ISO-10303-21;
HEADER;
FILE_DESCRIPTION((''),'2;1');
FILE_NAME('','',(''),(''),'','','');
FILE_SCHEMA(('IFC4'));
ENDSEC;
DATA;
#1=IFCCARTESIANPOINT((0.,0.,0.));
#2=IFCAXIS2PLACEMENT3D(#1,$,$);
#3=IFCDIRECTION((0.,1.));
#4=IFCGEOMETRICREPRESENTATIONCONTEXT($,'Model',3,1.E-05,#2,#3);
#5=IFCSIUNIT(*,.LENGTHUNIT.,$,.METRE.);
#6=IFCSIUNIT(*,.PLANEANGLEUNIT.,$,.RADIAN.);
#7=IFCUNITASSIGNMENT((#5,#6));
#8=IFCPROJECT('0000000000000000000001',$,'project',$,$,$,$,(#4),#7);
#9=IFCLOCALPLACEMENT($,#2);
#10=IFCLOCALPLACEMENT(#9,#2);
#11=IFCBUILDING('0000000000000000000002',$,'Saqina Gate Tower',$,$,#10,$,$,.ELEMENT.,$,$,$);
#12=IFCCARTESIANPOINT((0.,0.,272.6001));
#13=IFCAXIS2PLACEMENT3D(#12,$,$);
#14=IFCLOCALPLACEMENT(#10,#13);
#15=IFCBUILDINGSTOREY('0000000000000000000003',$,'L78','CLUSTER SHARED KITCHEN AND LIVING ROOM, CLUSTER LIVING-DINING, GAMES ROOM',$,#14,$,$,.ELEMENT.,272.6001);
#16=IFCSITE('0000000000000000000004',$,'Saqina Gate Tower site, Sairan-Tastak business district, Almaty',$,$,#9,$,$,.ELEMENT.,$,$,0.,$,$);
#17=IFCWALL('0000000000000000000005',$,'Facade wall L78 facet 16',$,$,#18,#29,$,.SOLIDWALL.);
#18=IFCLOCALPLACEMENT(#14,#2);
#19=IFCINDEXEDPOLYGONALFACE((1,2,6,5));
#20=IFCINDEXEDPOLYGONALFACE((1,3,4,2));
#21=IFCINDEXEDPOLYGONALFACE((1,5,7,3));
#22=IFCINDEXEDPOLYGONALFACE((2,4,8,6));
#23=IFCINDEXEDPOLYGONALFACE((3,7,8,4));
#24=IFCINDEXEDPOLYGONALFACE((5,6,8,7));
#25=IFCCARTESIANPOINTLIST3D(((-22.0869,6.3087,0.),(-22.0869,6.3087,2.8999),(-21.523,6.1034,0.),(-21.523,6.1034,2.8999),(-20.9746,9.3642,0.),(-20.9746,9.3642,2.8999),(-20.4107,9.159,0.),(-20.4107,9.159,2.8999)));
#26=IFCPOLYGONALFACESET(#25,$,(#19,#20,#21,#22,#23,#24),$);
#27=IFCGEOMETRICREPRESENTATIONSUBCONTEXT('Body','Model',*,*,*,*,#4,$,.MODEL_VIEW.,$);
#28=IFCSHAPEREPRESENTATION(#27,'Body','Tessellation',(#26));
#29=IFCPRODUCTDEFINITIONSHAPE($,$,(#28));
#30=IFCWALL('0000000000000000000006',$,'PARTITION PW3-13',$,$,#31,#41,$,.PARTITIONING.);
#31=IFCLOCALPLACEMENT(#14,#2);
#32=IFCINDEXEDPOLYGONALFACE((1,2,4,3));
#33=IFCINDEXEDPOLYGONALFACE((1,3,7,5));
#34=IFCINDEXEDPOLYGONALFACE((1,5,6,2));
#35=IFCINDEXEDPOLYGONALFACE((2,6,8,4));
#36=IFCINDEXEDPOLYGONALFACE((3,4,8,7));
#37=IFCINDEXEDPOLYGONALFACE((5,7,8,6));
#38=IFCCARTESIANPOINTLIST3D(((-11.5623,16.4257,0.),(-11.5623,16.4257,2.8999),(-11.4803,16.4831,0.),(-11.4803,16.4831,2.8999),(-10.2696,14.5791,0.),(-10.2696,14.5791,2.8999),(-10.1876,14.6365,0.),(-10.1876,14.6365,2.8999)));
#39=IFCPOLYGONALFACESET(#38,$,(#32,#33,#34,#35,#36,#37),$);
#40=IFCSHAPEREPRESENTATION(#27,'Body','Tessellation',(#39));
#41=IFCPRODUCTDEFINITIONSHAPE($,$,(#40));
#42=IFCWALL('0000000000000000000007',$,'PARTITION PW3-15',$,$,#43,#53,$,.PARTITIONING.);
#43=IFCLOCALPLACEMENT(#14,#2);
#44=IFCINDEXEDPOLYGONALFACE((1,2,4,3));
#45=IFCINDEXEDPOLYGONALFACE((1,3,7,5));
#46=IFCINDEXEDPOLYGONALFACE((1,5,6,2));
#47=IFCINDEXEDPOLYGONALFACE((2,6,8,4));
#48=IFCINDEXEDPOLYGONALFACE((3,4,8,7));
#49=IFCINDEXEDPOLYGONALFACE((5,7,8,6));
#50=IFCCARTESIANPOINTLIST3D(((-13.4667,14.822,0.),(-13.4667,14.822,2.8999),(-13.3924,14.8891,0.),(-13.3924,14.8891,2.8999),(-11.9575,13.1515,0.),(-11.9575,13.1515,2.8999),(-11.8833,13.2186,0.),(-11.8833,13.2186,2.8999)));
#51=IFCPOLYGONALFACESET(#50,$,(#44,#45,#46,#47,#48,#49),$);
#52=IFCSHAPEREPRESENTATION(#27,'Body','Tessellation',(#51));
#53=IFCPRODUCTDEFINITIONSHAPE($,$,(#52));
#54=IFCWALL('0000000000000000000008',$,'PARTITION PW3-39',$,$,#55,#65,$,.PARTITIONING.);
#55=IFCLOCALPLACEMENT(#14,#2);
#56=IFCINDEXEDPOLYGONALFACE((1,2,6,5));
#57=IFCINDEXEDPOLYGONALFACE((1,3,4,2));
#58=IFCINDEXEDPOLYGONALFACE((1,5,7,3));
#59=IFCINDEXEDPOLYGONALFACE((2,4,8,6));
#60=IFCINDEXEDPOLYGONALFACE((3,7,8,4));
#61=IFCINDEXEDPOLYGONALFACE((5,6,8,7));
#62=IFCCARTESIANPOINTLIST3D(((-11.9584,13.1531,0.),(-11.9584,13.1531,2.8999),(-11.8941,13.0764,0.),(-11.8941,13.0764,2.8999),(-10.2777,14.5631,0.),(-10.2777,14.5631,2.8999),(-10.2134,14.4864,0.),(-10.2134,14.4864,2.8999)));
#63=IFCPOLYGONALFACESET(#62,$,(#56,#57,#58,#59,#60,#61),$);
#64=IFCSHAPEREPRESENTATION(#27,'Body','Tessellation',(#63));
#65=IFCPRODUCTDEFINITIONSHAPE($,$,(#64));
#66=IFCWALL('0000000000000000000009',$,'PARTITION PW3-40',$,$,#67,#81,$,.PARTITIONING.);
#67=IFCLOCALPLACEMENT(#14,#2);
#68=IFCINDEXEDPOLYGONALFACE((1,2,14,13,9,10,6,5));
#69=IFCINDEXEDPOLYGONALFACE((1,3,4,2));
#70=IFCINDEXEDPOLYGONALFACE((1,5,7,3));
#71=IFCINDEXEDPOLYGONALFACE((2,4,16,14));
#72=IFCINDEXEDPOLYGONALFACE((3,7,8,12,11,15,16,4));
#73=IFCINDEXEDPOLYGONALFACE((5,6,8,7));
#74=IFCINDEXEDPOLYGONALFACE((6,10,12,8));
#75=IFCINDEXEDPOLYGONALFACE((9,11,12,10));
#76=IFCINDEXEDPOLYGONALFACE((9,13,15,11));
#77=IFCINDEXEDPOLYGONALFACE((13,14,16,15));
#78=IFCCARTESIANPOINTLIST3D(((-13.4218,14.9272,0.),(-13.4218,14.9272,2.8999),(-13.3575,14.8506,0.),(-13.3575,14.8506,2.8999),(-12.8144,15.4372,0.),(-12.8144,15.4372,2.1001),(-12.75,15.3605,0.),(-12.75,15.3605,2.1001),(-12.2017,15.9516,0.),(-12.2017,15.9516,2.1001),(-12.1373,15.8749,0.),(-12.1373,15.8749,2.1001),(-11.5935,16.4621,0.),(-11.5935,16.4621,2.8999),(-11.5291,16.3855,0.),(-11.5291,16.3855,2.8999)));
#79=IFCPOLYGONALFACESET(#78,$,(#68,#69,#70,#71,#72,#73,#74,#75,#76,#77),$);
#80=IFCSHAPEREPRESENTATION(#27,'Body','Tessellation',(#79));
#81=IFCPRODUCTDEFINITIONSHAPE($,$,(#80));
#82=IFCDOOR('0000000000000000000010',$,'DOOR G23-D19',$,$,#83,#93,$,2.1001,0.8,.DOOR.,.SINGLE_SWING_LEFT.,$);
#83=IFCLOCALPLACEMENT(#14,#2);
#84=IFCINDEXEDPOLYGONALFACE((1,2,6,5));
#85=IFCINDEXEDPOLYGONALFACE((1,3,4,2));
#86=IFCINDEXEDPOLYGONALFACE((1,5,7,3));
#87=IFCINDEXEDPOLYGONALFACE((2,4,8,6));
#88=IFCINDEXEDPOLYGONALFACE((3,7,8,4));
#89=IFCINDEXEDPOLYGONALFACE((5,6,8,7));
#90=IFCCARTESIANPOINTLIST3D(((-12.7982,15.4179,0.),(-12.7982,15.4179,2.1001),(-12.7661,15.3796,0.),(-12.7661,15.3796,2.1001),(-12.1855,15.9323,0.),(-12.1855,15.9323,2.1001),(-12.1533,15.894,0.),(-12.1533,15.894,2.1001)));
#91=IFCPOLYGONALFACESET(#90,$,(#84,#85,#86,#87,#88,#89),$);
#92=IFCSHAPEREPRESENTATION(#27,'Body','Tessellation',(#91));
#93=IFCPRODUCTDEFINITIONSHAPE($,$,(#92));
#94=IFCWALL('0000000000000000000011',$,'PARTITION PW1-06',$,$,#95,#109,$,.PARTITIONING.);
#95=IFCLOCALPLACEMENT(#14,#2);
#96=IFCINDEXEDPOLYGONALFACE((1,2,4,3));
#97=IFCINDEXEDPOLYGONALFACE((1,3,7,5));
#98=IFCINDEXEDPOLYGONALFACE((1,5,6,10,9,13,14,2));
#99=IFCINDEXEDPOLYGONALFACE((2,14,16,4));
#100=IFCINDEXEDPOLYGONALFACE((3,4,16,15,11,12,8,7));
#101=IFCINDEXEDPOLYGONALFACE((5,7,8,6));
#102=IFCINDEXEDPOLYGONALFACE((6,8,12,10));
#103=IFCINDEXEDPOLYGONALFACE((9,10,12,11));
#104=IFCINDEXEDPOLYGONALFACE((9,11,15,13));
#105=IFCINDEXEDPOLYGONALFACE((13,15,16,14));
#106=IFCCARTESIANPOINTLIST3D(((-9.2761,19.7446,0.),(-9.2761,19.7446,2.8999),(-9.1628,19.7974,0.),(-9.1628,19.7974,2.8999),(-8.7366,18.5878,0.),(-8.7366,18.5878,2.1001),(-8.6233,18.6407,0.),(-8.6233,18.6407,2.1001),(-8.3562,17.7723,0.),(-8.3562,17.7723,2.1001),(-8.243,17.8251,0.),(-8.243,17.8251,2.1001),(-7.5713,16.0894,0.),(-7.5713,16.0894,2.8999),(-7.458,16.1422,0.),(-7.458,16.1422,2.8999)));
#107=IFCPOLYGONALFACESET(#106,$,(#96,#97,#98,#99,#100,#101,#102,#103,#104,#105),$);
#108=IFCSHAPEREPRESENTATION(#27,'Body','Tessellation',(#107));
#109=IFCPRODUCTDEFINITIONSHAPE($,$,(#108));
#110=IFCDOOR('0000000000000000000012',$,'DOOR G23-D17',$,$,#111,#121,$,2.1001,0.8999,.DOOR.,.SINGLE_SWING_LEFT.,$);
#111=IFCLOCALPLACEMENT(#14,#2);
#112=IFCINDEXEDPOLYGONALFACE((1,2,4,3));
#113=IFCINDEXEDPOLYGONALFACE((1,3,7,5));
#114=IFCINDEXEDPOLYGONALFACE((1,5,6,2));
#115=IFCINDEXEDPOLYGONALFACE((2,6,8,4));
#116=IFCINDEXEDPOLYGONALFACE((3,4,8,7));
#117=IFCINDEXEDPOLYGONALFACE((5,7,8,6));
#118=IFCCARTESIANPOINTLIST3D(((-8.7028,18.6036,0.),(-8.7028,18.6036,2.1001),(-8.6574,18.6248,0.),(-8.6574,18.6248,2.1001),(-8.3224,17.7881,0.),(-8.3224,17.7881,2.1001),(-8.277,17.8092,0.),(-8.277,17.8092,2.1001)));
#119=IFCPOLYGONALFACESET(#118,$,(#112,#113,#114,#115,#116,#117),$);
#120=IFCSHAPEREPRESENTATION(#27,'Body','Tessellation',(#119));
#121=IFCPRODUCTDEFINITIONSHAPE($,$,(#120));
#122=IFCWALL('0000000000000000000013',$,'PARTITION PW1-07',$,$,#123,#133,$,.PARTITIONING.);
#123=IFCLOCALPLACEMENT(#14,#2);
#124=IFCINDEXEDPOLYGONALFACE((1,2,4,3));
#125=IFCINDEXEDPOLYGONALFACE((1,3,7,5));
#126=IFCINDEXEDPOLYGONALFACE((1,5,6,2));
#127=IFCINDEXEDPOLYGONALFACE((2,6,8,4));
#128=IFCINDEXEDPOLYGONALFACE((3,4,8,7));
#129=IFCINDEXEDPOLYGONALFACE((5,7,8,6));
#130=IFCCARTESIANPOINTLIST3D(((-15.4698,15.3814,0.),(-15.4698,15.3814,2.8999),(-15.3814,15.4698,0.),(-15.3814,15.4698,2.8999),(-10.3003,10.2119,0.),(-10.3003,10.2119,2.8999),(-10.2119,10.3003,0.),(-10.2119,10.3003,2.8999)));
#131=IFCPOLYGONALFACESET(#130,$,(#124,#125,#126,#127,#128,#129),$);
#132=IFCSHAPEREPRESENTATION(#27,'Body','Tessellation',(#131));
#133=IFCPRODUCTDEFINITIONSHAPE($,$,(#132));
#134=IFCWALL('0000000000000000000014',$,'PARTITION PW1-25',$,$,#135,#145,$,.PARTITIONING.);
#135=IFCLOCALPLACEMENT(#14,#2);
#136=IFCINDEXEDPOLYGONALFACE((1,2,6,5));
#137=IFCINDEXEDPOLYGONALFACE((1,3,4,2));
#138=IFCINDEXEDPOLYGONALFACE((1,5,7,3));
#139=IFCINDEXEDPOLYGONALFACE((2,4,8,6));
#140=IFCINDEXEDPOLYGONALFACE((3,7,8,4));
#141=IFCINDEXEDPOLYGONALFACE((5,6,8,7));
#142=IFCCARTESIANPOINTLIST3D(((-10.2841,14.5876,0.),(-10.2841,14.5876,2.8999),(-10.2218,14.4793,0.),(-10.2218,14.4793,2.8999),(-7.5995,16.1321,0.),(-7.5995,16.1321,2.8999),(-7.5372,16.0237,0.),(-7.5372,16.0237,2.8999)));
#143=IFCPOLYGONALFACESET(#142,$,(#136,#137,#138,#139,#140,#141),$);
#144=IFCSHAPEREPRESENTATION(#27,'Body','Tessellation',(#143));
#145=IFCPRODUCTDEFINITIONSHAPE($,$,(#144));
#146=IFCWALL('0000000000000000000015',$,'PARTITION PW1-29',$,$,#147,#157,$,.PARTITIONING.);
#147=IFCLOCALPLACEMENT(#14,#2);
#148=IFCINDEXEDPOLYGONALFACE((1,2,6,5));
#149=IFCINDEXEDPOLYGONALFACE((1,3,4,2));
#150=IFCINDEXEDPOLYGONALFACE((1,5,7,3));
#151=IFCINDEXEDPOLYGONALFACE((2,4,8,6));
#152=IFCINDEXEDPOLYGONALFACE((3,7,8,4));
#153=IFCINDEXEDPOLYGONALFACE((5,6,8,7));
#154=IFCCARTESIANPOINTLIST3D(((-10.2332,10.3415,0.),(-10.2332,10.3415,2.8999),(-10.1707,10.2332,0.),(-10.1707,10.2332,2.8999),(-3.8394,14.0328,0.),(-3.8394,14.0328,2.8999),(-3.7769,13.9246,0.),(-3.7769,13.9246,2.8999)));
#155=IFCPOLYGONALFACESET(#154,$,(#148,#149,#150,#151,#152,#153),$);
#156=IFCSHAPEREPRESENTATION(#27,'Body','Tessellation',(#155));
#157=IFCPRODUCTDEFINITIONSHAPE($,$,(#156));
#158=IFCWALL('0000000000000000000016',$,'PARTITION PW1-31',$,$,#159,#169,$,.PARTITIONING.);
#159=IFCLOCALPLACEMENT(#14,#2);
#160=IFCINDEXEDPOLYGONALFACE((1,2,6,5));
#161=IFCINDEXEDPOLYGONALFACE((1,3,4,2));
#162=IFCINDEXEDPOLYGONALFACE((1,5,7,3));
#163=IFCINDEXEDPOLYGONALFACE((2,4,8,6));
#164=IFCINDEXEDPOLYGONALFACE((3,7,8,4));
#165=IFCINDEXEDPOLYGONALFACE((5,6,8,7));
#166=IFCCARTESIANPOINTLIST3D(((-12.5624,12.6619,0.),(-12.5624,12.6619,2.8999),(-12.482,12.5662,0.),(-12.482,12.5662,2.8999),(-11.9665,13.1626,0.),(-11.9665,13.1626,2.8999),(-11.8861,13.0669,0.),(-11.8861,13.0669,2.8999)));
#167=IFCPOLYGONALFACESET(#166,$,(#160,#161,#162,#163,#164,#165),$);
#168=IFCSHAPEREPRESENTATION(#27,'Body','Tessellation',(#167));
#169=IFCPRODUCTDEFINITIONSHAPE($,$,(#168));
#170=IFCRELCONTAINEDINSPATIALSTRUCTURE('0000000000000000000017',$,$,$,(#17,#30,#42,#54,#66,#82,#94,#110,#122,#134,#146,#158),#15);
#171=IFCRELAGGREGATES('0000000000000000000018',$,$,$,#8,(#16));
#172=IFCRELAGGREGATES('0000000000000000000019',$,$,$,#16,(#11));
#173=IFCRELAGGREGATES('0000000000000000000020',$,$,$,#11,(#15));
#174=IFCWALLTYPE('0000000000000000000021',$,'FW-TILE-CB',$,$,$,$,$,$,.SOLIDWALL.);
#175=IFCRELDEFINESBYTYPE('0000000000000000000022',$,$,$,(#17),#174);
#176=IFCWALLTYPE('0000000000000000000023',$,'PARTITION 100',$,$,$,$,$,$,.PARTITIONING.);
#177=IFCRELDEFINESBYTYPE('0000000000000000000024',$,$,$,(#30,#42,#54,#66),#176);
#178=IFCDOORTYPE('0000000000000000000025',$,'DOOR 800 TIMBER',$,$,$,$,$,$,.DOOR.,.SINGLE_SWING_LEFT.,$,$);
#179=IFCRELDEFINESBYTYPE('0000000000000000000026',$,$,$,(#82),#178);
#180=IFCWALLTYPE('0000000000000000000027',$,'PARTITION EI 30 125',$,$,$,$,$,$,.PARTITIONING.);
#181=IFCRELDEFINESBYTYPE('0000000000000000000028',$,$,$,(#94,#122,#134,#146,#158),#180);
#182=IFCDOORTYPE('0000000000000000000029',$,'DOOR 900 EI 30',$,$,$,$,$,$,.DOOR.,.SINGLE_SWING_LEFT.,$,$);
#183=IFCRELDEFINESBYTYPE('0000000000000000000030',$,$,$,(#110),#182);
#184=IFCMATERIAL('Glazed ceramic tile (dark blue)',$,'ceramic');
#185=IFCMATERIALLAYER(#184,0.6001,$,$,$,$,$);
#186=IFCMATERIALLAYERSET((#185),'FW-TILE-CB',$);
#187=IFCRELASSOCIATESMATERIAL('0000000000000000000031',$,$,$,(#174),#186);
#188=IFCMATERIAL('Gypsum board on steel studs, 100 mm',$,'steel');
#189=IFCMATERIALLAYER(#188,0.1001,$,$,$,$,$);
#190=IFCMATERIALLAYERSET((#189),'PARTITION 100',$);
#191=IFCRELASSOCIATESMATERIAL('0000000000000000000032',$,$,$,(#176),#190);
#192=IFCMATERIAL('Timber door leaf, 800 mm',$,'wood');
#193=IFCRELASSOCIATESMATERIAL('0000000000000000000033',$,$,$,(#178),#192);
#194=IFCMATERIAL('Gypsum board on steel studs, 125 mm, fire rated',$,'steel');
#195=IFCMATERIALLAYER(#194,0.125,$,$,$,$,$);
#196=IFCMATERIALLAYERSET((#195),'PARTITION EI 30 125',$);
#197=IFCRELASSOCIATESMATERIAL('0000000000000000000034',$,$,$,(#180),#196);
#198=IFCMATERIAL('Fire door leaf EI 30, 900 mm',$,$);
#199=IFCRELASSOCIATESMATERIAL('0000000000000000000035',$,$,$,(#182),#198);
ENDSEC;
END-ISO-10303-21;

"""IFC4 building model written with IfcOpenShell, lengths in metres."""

from ifc_helpers import new_model, si_unit, direction, frame, frame_2d, origin, place, context, subcontext, project, spatial, rectangle, extrude, material, layer, layer_set, type_object, element, fill, save


model = new_model("IFC4")

# Units and contexts
model_context = context("Model", 3, precision=1e-05, world=origin(), true_north=direction((0.0, 1.0)))
body_context = subcontext(model_context, "Body", "Model", "MODEL_VIEW")
ifc_project = project(units=[si_unit("LENGTHUNIT", "METRE"), si_unit("PLANEANGLEUNIT", "RADIAN")], contexts=[model_context])

# Site, building, storey
site_placement = place(None, origin())
site = spatial("IfcSite", under=ifc_project, at=site_placement, Name="Saqina Gate Tower site, Sairan-Tastak business district, Almaty", CompositionType="ELEMENT", RefElevation=0.0)
building_placement = place(site_placement, origin())
building = spatial("IfcBuilding", under=site, at=building_placement, Name="Saqina Gate Tower", CompositionType="ELEMENT")
storey_placement = place(building_placement, frame((0.0, 0.0, 272.6001)))
storey = spatial("IfcBuildingStorey", under=building, at=storey_placement, Name="L78", Description="CLUSTER SHARED KITCHEN AND LIVING ROOM, CLUSTER LIVING-DINING, GAMES ROOM", CompositionType="ELEMENT", Elevation=272.6001)

# Walls
ifc_material_1 = material(Name="Glazed ceramic tile (dark blue)", Category="ceramic")
ifc_layer_1 = layer(ifc_material_1, 0.6001)
ifc_layer_set_1 = layer_set([ifc_layer_1], Name="FW-TILE-CB")
wall_type_1 = type_object("IfcWallType", Name="FW-TILE-CB", PredefinedType="SOLIDWALL", material=ifc_layer_set_1)
wall_1_placement = place(storey_placement, frame((-20.6926, 9.2617, 0.0), z_axis=(0.0, 0.0, 1.0), x_axis=(-0.342057, -0.939679, 0.0)))
element("IfcWall", 1, at=wall_1_placement, inside=storey, type_object=wall_type_1, Name="Facade wall L78 facet 16", PredefinedType="SOLIDWALL", context=body_context, shape_type="SweptSolid", body=[
    extrude(rectangle(XDim=3.2517, YDim=0.6001, at=frame_2d((1.626, 0.0))), origin(), (0.0, 0.0, 1.0), 2.8999),
])
ifc_material_2 = material(Name="Gypsum board on steel studs, 100 mm", Category="steel")
ifc_layer_2 = layer(ifc_material_2, 0.1001)
ifc_layer_set_2 = layer_set([ifc_layer_2], Name="PARTITION 100")
wall_type_2 = type_object("IfcWallType", Name="PARTITION 100", PredefinedType="PARTITIONING", material=ifc_layer_set_2)
wall_2_placement = place(storey_placement, frame((-11.5212, 16.4543, 0.0), z_axis=(0.0, 0.0, 1.0), x_axis=(0.573477, -0.819222, 0.0)))
element("IfcWall", 2, at=wall_2_placement, inside=storey, type_object=wall_type_2, Name="PARTITION PW3-13", PredefinedType="PARTITIONING", context=body_context, shape_type="SweptSolid", body=[
    extrude(rectangle(XDim=2.2542, YDim=0.1001, at=frame_2d((1.127, 0.0))), origin(), (0.0, 0.0, 1.0), 2.8999),
])
wall_3_placement = place(storey_placement, frame((-13.4294, 14.8555, 0.0), z_axis=(0.0, 0.0, 1.0), x_axis=(0.670354, -0.742042, 0.0)))
element("IfcWall", 3, at=wall_3_placement, inside=storey, type_object=wall_type_2, Name="PARTITION PW3-15", PredefinedType="PARTITIONING", context=body_context, shape_type="SweptSolid", body=[
    extrude(rectangle(XDim=2.2512, YDim=0.1001, at=frame_2d((1.1255, 0.0))), origin(), (0.0, 0.0, 1.0), 2.8999),
])
wall_4_placement = place(storey_placement, frame((-11.9263, 13.1147, 0.0), z_axis=(0.0, 0.0, 1.0), x_axis=(0.766119, 0.642699, 0.0)))
element("IfcWall", 4, at=wall_4_placement, inside=storey, type_object=wall_type_2, Name="PARTITION PW3-39", PredefinedType="PARTITIONING", context=body_context, shape_type="SweptSolid", body=[
    extrude(rectangle(XDim=2.1938, YDim=0.1001, at=frame_2d((1.0969, 0.0))), origin(), (0.0, 0.0, 1.0), 2.8999),
])

# Walls, openings, doors
wall_5_placement = place(storey_placement, frame((-13.3896, 14.8889, 0.0), z_axis=(0.0, 0.0, 1.0), x_axis=(0.765894, 0.642967, 0.0)))
wall_5 = element("IfcWall", 5, at=wall_5_placement, inside=storey, type_object=wall_type_2, Name="PARTITION PW3-40", PredefinedType="PARTITIONING", context=body_context, shape_type="SweptSolid", body=[
    extrude(rectangle(XDim=2.3872, YDim=0.1001, at=frame_2d((1.1936, 0.0))), origin(), (0.0, 0.0, 1.0), 2.8999),
])
opening_1_placement = place(wall_5_placement, frame((0.7932, 0.0, 0.0)))
opening_1 = element("IfcOpeningElement", 6, at=opening_1_placement, cuts=wall_5, PredefinedType="OPENING", context=body_context, shape_type="SweptSolid", body=[
    extrude(rectangle(XDim=0.8, YDim=2.1001, at=frame_2d((0.3999, 1.05))), frame((0.0, 0.062, 0.0), z_axis=(0.0, -1.0, 0.0), x_axis=(1.0, 0.0, 0.0)), (0.0, 0.0, 1.0), 0.124),
])
ifc_material_3 = material(Name="Timber door leaf, 800 mm", Category="wood")
door_type_1 = type_object("IfcDoorType", Name="DOOR 800 TIMBER", OperationType="SINGLE_SWING_LEFT", PredefinedType="DOOR", material=ifc_material_3)
door_1_placement = place(opening_1_placement, origin())
door_1 = element("IfcDoor", 7, at=door_1_placement, inside=storey, type_object=door_type_1, Name="DOOR G23-D19", OperationType="SINGLE_SWING_LEFT", OverallHeight=2.1001, OverallWidth=0.8, PredefinedType="DOOR", context=body_context, shape_type="SweptSolid", body=[
    extrude(rectangle(XDim=0.8, YDim=2.1001, at=frame_2d((0.3999, 1.05))), frame((0.0, 0.0249, 0.0), z_axis=(0.0, -1.0, 0.0), x_axis=(1.0, 0.0, 0.0)), (0.0, 0.0, 1.0), 0.05),
])
fill(opening_1, door_1)
ifc_material_4 = material(Name="Gypsum board on steel studs, 125 mm, fire rated", Category="steel")
ifc_layer_3 = layer(ifc_material_4, 0.125)
ifc_layer_set_3 = layer_set([ifc_layer_3], Name="PARTITION EI 30 125")
wall_type_3 = type_object("IfcWallType", Name="PARTITION EI 30 125", PredefinedType="PARTITIONING", material=ifc_layer_set_3)
wall_6_placement = place(storey_placement, frame((-9.2195, 19.771, 0.0), z_axis=(0.0, 0.0, 1.0), x_axis=(0.42269, -0.906274, 0.0)))
wall_6 = element("IfcWall", 8, at=wall_6_placement, inside=storey, type_object=wall_type_3, Name="PARTITION PW1-06", PredefinedType="PARTITIONING", context=body_context, shape_type="SweptSolid", body=[
    extrude(rectangle(XDim=4.0332, YDim=0.125, at=frame_2d((2.0166, 0.0))), origin(), (0.0, 0.0, 1.0), 2.8999),
])
opening_2_placement = place(wall_6_placement, frame((1.2764, 0.0, 0.0)))
opening_2 = element("IfcOpeningElement", 9, at=opening_2_placement, cuts=wall_6, PredefinedType="OPENING", context=body_context, shape_type="SweptSolid", body=[
    extrude(rectangle(XDim=0.8999, YDim=2.1001, at=frame_2d((0.45, 1.05))), frame((0.0, 0.0745, 0.0), z_axis=(0.0, -1.0, 0.0), x_axis=(1.0, 0.0, 0.0)), (0.0, 0.0, 1.0), 0.1489),
])
ifc_material_5 = material(Name="Fire door leaf EI 30, 900 mm")
door_type_2 = type_object("IfcDoorType", Name="DOOR 900 EI 30", OperationType="SINGLE_SWING_LEFT", PredefinedType="DOOR", material=ifc_material_5)
door_2_placement = place(opening_2_placement, origin())
door_2 = element("IfcDoor", 10, at=door_2_placement, inside=storey, type_object=door_type_2, Name="DOOR G23-D17", OperationType="SINGLE_SWING_LEFT", OverallHeight=2.1001, OverallWidth=0.8999, PredefinedType="DOOR", context=body_context, shape_type="SweptSolid", body=[
    extrude(rectangle(XDim=0.8999, YDim=2.1001, at=frame_2d((0.45, 1.05))), frame((0.0, 0.0249, 0.0), z_axis=(0.0, -1.0, 0.0), x_axis=(1.0, 0.0, 0.0)), (0.0, 0.0, 1.0), 0.05),
])
fill(opening_2, door_2)

# Walls
wall_7_placement = place(storey_placement, frame((-15.4255, 15.4255, 0.0), z_axis=(0.0, 0.0, 1.0), x_axis=(0.707107, -0.707107, 0.0)))
element("IfcWall", 11, at=wall_7_placement, inside=storey, type_object=wall_type_3, Name="PARTITION PW1-07", PredefinedType="PARTITIONING", context=body_context, shape_type="SweptSolid", body=[
    extrude(rectangle(XDim=7.3108, YDim=0.125, at=frame_2d((3.6553, 0.0))), origin(), (0.0, 0.0, 1.0), 2.8999),
])
wall_8_placement = place(storey_placement, frame((-10.2529, 14.5334, 0.0), z_axis=(0.0, 0.0, 1.0), x_axis=(0.866794, 0.498667, 0.0)))
element("IfcWall", 12, at=wall_8_placement, inside=storey, type_object=wall_type_3, Name="PARTITION PW1-25", PredefinedType="PARTITIONING", context=body_context, shape_type="SweptSolid", body=[
    extrude(rectangle(XDim=3.0972, YDim=0.125, at=frame_2d((1.5486, 0.0))), origin(), (0.0, 0.0, 1.0), 2.8999),
])
wall_9_placement = place(storey_placement, frame((-10.2019, 10.2874, 0.0), z_axis=(0.0, 0.0, 1.0), x_axis=(0.866029, 0.499994, 0.0)))
element("IfcWall", 13, at=wall_9_placement, inside=storey, type_object=wall_type_3, Name="PARTITION PW1-29", PredefinedType="PARTITIONING", context=body_context, shape_type="SweptSolid", body=[
    extrude(rectangle(XDim=7.3828, YDim=0.125, at=frame_2d((3.6914, 0.0))), origin(), (0.0, 0.0, 1.0), 2.8999),
])
wall_10_placement = place(storey_placement, frame((-12.5222, 12.614, 0.0), z_axis=(0.0, 0.0, 1.0), x_axis=(0.765618, 0.643295, 0.0)))
element("IfcWall", 14, at=wall_10_placement, inside=storey, type_object=wall_type_3, Name="PARTITION PW1-31", PredefinedType="PARTITIONING", context=body_context, shape_type="SweptSolid", body=[
    extrude(rectangle(XDim=0.7783, YDim=0.125, at=frame_2d((0.3892, 0.0))), origin(), (0.0, 0.0, 1.0), 2.8999),
])

save(model, "model.ifc")
